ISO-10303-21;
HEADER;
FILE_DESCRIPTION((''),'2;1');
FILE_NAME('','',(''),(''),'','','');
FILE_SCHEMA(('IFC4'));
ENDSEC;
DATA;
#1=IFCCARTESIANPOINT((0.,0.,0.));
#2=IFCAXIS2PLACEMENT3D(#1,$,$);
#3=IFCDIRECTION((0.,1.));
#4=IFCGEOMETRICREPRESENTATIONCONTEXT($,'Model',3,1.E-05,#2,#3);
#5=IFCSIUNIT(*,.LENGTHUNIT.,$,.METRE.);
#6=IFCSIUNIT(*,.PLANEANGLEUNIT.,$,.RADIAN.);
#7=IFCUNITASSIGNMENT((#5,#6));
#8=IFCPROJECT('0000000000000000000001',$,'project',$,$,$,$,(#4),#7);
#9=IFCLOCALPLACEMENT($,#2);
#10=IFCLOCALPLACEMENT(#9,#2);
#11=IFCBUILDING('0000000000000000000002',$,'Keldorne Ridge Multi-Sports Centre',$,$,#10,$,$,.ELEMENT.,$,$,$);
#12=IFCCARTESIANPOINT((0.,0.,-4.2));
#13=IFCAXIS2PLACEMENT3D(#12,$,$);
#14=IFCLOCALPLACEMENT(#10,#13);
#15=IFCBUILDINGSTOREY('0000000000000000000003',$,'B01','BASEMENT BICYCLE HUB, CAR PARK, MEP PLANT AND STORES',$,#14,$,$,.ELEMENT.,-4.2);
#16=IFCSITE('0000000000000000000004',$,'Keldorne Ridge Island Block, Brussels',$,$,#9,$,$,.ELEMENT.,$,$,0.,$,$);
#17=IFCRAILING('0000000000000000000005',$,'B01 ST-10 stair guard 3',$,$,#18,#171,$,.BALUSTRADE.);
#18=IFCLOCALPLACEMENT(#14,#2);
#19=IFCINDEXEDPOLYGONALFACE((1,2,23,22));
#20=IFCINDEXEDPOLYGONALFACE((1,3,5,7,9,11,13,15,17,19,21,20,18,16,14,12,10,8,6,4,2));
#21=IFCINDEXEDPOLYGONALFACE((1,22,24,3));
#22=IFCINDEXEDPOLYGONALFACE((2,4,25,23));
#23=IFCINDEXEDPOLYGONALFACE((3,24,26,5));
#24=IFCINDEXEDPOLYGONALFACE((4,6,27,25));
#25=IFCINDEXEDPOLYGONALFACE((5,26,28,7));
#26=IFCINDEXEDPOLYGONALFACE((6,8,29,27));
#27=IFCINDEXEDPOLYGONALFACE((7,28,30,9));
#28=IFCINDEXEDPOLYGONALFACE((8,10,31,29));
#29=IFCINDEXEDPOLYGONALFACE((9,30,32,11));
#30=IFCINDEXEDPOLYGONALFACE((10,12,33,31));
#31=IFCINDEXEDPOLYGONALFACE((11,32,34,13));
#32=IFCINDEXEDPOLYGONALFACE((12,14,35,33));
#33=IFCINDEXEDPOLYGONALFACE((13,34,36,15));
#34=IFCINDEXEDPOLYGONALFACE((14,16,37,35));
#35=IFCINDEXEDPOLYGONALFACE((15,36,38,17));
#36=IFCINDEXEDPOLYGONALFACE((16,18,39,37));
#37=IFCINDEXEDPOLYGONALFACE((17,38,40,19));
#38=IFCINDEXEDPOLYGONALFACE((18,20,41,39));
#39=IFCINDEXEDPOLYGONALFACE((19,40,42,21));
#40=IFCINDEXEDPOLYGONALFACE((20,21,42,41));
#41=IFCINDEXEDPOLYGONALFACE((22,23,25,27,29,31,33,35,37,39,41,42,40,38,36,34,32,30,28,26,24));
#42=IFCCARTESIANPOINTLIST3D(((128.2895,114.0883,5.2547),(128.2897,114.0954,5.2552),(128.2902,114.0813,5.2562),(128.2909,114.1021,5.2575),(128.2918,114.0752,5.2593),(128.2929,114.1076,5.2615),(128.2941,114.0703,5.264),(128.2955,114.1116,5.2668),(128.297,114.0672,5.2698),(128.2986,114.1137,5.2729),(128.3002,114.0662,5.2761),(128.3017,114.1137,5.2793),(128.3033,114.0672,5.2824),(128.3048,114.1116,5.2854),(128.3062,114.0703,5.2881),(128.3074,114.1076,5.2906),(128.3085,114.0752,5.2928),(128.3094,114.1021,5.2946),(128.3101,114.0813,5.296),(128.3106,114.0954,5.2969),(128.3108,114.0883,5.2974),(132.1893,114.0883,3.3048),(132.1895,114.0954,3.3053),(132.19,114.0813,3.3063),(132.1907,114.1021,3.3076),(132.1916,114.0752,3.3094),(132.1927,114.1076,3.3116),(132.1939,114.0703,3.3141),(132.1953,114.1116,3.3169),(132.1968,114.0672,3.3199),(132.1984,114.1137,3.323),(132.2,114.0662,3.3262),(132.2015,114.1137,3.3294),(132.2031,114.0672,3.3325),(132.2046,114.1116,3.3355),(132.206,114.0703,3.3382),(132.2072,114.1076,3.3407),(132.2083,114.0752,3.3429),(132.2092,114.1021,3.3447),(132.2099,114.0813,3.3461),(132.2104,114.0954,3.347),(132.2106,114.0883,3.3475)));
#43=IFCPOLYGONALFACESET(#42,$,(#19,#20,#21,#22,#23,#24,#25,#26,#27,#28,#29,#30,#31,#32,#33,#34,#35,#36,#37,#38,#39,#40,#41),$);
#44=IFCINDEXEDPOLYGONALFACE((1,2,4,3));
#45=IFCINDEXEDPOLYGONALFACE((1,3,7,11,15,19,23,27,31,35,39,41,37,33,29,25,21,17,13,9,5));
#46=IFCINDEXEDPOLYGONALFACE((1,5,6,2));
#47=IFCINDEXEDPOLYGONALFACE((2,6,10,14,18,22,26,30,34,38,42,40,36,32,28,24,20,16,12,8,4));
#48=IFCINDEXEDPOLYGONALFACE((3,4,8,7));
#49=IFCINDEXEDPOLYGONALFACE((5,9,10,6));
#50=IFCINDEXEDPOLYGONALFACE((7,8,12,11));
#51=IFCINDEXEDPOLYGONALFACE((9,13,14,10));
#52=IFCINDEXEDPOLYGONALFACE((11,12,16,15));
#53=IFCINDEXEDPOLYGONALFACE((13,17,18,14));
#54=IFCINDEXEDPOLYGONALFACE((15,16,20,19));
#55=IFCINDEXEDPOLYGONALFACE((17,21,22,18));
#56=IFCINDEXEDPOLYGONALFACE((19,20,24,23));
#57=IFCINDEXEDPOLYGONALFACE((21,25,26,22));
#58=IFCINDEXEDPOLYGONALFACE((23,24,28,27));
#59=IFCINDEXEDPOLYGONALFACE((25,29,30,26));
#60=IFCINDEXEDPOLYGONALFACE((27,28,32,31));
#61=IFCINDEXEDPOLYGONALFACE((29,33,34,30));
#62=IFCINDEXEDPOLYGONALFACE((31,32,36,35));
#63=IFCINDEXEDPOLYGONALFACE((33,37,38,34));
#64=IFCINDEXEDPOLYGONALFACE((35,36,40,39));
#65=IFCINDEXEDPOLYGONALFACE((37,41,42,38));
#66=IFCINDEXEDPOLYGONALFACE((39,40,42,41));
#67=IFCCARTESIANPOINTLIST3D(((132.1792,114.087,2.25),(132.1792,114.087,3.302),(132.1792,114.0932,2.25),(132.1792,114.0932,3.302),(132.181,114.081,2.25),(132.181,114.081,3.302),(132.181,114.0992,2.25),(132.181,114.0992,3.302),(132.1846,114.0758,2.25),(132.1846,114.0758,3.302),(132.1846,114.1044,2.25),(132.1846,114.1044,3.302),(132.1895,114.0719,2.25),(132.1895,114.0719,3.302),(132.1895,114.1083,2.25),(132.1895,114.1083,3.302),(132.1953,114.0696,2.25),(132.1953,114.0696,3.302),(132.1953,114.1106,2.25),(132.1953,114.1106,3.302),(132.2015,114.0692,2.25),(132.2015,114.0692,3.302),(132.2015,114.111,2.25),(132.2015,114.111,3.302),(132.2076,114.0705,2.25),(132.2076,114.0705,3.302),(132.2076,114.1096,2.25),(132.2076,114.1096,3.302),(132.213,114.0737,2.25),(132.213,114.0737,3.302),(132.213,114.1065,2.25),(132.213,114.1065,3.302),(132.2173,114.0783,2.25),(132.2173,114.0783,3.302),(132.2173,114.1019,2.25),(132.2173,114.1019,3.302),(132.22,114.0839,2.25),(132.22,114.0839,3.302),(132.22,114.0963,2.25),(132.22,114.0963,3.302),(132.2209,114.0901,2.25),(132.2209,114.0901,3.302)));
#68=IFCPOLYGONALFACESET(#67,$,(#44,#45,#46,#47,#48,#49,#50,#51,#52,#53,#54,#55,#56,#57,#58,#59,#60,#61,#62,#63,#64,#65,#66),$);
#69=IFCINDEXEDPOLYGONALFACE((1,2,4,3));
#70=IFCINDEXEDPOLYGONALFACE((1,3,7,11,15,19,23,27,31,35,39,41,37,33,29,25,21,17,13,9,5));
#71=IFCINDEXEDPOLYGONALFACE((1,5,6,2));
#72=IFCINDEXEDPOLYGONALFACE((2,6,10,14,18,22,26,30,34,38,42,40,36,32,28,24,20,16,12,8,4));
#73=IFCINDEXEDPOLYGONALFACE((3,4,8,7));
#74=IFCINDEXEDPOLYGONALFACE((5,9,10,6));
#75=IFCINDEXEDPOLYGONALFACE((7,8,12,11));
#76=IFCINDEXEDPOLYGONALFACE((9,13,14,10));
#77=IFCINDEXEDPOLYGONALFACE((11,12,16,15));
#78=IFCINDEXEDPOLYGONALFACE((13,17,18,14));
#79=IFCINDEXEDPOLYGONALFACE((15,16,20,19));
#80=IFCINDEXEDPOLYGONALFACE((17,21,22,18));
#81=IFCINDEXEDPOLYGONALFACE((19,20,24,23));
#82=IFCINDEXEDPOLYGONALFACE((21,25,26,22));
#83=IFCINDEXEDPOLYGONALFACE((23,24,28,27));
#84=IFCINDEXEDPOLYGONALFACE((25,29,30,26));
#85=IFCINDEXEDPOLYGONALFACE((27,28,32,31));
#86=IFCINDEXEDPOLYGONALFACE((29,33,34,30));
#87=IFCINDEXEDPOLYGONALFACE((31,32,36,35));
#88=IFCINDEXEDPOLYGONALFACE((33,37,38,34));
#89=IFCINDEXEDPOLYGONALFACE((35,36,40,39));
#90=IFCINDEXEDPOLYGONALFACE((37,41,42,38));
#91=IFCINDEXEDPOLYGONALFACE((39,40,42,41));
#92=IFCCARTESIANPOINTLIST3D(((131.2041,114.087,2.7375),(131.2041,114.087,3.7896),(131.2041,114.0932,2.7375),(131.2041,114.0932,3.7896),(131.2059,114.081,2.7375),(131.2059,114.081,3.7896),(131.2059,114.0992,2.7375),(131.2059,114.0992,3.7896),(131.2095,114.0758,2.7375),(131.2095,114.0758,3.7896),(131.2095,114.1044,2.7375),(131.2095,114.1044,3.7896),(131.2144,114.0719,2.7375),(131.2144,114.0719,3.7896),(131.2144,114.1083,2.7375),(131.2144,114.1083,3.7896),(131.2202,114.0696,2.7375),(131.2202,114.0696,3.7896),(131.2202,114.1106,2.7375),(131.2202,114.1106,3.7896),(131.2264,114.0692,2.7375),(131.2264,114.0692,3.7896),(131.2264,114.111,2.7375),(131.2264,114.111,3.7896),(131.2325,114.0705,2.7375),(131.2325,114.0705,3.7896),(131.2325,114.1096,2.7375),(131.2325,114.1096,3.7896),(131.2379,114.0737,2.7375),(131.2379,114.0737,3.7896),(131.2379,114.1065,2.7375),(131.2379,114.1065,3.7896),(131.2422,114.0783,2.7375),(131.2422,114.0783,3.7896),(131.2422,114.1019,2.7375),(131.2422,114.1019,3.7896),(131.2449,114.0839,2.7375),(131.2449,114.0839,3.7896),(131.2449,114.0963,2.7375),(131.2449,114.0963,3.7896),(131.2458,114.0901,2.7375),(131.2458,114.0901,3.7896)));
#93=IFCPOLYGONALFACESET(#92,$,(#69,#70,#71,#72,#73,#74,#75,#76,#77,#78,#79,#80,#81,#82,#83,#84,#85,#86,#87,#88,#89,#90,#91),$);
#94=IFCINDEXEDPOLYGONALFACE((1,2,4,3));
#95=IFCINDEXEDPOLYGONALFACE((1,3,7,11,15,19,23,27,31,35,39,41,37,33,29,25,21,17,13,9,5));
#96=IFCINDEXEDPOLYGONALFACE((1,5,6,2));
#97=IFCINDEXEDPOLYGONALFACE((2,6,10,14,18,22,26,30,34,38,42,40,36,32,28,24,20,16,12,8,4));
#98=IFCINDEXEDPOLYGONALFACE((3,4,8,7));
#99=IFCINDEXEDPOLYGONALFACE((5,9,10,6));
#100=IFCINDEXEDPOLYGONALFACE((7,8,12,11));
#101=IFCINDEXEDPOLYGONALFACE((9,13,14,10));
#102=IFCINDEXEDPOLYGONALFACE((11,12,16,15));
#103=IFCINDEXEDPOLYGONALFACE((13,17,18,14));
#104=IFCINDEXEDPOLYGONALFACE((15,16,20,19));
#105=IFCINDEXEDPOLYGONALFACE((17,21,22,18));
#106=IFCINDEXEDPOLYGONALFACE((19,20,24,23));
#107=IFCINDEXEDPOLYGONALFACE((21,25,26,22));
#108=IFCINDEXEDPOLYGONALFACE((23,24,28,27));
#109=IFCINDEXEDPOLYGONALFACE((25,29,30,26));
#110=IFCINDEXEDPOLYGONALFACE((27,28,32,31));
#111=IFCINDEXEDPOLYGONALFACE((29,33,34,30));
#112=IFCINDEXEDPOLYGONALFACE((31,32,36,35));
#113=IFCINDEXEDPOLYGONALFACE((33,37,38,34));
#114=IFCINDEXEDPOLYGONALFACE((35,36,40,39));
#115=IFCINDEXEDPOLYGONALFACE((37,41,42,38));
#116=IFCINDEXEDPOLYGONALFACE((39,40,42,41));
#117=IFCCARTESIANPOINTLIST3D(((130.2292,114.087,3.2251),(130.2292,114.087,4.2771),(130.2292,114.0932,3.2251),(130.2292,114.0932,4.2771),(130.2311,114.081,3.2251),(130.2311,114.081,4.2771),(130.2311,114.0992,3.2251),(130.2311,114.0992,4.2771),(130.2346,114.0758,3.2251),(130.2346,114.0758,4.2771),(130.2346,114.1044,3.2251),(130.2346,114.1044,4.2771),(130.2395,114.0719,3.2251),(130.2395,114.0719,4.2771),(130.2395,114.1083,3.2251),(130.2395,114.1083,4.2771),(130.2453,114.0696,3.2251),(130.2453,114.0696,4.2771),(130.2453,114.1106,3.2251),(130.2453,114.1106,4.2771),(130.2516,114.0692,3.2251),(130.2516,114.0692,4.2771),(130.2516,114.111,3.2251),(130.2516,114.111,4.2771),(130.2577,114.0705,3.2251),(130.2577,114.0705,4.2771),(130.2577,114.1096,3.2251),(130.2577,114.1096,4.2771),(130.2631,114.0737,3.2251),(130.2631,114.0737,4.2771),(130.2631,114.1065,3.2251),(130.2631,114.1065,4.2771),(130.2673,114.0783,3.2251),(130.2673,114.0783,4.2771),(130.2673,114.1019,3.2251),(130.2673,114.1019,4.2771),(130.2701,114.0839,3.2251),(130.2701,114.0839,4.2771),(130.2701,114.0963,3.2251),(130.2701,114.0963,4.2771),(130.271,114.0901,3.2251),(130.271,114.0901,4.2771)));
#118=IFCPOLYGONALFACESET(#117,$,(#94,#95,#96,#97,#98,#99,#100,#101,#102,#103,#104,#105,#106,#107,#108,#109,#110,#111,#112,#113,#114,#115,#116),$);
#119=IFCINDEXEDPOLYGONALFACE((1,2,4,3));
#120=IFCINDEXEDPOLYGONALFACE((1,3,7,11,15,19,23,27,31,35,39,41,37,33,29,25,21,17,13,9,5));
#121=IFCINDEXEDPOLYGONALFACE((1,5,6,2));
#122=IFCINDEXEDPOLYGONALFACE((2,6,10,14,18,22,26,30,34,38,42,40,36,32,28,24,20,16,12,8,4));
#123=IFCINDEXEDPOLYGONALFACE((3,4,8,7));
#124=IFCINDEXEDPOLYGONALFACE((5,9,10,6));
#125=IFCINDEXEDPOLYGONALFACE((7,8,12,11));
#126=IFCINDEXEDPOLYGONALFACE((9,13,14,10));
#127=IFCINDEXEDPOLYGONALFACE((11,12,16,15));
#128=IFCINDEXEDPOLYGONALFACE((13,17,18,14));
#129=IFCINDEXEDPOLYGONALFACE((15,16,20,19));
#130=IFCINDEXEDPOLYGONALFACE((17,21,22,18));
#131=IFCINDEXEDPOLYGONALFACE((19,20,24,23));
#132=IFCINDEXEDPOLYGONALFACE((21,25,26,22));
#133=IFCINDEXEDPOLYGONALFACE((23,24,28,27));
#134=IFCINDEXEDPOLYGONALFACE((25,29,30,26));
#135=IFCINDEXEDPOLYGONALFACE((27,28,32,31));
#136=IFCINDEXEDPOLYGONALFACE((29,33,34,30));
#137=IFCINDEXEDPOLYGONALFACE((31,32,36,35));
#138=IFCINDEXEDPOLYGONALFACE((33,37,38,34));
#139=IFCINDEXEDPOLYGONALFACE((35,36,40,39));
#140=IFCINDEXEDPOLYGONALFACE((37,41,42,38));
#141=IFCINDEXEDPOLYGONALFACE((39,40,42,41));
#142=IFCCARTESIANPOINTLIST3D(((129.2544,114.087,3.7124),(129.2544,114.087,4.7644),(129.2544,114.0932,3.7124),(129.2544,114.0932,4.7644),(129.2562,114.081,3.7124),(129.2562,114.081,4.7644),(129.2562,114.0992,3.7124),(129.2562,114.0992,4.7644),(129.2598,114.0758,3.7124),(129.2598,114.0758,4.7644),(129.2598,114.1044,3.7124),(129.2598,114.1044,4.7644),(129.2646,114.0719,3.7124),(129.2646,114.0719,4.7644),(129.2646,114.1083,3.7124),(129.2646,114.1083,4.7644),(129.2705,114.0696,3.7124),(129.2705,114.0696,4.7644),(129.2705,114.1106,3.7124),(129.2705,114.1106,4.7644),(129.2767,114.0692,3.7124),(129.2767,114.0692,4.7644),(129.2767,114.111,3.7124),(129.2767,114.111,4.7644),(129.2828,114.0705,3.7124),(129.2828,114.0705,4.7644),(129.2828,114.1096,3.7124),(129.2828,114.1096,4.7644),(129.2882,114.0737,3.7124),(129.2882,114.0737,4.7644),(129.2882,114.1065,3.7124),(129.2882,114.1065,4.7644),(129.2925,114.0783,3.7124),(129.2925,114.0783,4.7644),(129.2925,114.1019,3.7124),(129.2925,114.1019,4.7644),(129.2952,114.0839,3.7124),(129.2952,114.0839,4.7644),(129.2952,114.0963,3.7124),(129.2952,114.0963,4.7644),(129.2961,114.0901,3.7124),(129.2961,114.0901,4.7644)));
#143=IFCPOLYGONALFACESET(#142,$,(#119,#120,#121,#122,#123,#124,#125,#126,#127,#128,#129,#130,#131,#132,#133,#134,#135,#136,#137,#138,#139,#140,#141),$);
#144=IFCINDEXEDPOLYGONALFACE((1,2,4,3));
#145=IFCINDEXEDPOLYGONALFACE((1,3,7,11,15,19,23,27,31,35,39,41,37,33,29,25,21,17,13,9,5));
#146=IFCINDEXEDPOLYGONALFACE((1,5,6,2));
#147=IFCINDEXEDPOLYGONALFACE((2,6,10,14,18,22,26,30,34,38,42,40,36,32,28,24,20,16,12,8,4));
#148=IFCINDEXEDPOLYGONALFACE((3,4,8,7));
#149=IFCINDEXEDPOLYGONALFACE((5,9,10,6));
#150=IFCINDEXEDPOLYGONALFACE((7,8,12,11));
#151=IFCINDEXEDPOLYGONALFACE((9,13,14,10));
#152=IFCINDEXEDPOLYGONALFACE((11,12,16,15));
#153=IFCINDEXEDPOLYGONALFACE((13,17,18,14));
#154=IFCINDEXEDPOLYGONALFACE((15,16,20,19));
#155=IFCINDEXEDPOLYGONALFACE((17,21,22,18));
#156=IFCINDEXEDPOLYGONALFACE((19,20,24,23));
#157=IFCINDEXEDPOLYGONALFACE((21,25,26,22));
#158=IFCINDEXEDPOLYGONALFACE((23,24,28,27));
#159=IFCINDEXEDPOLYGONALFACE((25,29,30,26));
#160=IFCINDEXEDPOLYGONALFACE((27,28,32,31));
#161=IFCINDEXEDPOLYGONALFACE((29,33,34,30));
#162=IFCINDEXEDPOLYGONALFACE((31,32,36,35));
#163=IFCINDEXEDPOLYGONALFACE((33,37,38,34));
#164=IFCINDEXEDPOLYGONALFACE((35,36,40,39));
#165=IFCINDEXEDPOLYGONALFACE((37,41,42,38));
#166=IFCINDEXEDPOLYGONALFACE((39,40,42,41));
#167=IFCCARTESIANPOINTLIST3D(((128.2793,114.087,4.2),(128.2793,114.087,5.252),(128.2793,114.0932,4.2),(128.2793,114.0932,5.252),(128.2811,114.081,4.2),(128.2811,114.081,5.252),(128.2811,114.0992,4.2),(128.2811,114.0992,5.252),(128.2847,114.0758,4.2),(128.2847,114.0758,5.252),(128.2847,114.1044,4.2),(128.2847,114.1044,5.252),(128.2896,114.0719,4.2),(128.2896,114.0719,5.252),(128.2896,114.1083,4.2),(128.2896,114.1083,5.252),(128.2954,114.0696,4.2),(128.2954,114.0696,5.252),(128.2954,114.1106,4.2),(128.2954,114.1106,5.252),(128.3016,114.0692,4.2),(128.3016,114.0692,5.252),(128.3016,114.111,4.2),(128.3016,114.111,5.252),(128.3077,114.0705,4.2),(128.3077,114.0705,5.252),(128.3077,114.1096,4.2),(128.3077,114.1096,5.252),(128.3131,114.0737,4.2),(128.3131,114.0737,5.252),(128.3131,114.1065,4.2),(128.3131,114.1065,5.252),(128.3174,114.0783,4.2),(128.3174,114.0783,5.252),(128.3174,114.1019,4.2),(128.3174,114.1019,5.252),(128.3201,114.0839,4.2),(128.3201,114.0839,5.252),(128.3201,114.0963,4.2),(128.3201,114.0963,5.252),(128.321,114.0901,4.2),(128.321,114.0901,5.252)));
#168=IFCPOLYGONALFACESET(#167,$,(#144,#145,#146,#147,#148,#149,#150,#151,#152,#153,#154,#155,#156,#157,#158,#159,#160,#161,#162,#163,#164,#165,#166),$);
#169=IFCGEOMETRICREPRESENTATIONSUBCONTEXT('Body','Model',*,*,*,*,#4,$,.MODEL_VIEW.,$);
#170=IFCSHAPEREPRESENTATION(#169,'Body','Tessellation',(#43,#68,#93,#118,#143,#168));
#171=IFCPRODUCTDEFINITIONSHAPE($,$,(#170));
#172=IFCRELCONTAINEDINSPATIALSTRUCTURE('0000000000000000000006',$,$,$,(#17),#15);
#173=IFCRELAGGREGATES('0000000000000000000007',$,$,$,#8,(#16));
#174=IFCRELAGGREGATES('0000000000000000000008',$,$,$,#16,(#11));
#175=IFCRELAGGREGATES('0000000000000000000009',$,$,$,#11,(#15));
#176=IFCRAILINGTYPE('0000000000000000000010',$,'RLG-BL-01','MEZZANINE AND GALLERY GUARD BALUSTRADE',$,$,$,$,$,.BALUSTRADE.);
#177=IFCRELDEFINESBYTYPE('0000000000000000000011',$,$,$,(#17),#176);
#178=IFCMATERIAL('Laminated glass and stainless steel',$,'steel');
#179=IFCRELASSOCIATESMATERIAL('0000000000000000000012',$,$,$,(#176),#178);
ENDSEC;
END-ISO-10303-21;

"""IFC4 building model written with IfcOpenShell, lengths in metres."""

from ifc_helpers import new_model, si_unit, direction, frame, origin, origin_2d, place, context, subcontext, project, spatial, circle, extrude, material, type_object, element, save


model = new_model("IFC4")

# Units and contexts
model_context = context("Model", 3, precision=1e-05, world=origin(), true_north=direction((0.0, 1.0)))
body_context = subcontext(model_context, "Body", "Model", "MODEL_VIEW")
ifc_project = project(units=[si_unit("LENGTHUNIT", "METRE"), si_unit("PLANEANGLEUNIT", "RADIAN")], contexts=[model_context])

# Site, building, storey
site_placement = place(None, origin())
site = spatial("IfcSite", under=ifc_project, at=site_placement, Name="Keldorne Ridge Island Block, Brussels", CompositionType="ELEMENT", RefElevation=0.0)
building_placement = place(site_placement, origin())
building = spatial("IfcBuilding", under=site, at=building_placement, Name="Keldorne Ridge Multi-Sports Centre", CompositionType="ELEMENT")
storey_placement = place(building_placement, frame((0.0, 0.0, -4.2)))
storey = spatial("IfcBuildingStorey", under=building, at=storey_placement, Name="B01", Description="BASEMENT BICYCLE HUB, CAR PARK, MEP PLANT AND STORES", CompositionType="ELEMENT", Elevation=-4.2)

# Railing
ifc_material_1 = material(Name="Laminated glass and stainless steel", Category="steel")
railing_type_1 = type_object("IfcRailingType", Name="RLG-BL-01", Description="MEZZANINE AND GALLERY GUARD BALUSTRADE", PredefinedType="BALUSTRADE", material=ifc_material_1)
railing_1_placement = place(storey_placement, frame((132.2, 114.0901, 2.25)))
element("IfcRailing", 1, at=railing_1_placement, inside=storey, type_object=railing_type_1, Name="B01 ST-10 stair guard 3", PredefinedType="BALUSTRADE", context=body_context, shape_type="SweptSolid", body=[
    extrude(circle(Radius=0.0239, at=origin_2d()), frame((0.0, 0.0, 1.0762), z_axis=(-0.894427, 0.0, 0.447214), x_axis=(0.0, -1.0, 0.0)), (0.0, 0.0, 1.0), 4.3601),
    extrude(circle(Radius=0.021, at=origin_2d()), origin(), (0.0, 0.0, 1.0), 1.052),
    extrude(circle(Radius=0.021, at=origin_2d()), frame((-0.9751, 0.0, 0.4875)), (0.0, 0.0, 1.0), 1.052),
    extrude(circle(Radius=0.021, at=origin_2d()), frame((-1.95, 0.0, 0.9751)), (0.0, 0.0, 1.0), 1.052),
    extrude(circle(Radius=0.021, at=origin_2d()), frame((-2.9248, 0.0, 1.4624)), (0.0, 0.0, 1.0), 1.052),
    extrude(circle(Radius=0.021, at=origin_2d()), frame((-3.8999, 0.0, 1.95)), (0.0, 0.0, 1.0), 1.052),
])

save(model, "model.ifc")
